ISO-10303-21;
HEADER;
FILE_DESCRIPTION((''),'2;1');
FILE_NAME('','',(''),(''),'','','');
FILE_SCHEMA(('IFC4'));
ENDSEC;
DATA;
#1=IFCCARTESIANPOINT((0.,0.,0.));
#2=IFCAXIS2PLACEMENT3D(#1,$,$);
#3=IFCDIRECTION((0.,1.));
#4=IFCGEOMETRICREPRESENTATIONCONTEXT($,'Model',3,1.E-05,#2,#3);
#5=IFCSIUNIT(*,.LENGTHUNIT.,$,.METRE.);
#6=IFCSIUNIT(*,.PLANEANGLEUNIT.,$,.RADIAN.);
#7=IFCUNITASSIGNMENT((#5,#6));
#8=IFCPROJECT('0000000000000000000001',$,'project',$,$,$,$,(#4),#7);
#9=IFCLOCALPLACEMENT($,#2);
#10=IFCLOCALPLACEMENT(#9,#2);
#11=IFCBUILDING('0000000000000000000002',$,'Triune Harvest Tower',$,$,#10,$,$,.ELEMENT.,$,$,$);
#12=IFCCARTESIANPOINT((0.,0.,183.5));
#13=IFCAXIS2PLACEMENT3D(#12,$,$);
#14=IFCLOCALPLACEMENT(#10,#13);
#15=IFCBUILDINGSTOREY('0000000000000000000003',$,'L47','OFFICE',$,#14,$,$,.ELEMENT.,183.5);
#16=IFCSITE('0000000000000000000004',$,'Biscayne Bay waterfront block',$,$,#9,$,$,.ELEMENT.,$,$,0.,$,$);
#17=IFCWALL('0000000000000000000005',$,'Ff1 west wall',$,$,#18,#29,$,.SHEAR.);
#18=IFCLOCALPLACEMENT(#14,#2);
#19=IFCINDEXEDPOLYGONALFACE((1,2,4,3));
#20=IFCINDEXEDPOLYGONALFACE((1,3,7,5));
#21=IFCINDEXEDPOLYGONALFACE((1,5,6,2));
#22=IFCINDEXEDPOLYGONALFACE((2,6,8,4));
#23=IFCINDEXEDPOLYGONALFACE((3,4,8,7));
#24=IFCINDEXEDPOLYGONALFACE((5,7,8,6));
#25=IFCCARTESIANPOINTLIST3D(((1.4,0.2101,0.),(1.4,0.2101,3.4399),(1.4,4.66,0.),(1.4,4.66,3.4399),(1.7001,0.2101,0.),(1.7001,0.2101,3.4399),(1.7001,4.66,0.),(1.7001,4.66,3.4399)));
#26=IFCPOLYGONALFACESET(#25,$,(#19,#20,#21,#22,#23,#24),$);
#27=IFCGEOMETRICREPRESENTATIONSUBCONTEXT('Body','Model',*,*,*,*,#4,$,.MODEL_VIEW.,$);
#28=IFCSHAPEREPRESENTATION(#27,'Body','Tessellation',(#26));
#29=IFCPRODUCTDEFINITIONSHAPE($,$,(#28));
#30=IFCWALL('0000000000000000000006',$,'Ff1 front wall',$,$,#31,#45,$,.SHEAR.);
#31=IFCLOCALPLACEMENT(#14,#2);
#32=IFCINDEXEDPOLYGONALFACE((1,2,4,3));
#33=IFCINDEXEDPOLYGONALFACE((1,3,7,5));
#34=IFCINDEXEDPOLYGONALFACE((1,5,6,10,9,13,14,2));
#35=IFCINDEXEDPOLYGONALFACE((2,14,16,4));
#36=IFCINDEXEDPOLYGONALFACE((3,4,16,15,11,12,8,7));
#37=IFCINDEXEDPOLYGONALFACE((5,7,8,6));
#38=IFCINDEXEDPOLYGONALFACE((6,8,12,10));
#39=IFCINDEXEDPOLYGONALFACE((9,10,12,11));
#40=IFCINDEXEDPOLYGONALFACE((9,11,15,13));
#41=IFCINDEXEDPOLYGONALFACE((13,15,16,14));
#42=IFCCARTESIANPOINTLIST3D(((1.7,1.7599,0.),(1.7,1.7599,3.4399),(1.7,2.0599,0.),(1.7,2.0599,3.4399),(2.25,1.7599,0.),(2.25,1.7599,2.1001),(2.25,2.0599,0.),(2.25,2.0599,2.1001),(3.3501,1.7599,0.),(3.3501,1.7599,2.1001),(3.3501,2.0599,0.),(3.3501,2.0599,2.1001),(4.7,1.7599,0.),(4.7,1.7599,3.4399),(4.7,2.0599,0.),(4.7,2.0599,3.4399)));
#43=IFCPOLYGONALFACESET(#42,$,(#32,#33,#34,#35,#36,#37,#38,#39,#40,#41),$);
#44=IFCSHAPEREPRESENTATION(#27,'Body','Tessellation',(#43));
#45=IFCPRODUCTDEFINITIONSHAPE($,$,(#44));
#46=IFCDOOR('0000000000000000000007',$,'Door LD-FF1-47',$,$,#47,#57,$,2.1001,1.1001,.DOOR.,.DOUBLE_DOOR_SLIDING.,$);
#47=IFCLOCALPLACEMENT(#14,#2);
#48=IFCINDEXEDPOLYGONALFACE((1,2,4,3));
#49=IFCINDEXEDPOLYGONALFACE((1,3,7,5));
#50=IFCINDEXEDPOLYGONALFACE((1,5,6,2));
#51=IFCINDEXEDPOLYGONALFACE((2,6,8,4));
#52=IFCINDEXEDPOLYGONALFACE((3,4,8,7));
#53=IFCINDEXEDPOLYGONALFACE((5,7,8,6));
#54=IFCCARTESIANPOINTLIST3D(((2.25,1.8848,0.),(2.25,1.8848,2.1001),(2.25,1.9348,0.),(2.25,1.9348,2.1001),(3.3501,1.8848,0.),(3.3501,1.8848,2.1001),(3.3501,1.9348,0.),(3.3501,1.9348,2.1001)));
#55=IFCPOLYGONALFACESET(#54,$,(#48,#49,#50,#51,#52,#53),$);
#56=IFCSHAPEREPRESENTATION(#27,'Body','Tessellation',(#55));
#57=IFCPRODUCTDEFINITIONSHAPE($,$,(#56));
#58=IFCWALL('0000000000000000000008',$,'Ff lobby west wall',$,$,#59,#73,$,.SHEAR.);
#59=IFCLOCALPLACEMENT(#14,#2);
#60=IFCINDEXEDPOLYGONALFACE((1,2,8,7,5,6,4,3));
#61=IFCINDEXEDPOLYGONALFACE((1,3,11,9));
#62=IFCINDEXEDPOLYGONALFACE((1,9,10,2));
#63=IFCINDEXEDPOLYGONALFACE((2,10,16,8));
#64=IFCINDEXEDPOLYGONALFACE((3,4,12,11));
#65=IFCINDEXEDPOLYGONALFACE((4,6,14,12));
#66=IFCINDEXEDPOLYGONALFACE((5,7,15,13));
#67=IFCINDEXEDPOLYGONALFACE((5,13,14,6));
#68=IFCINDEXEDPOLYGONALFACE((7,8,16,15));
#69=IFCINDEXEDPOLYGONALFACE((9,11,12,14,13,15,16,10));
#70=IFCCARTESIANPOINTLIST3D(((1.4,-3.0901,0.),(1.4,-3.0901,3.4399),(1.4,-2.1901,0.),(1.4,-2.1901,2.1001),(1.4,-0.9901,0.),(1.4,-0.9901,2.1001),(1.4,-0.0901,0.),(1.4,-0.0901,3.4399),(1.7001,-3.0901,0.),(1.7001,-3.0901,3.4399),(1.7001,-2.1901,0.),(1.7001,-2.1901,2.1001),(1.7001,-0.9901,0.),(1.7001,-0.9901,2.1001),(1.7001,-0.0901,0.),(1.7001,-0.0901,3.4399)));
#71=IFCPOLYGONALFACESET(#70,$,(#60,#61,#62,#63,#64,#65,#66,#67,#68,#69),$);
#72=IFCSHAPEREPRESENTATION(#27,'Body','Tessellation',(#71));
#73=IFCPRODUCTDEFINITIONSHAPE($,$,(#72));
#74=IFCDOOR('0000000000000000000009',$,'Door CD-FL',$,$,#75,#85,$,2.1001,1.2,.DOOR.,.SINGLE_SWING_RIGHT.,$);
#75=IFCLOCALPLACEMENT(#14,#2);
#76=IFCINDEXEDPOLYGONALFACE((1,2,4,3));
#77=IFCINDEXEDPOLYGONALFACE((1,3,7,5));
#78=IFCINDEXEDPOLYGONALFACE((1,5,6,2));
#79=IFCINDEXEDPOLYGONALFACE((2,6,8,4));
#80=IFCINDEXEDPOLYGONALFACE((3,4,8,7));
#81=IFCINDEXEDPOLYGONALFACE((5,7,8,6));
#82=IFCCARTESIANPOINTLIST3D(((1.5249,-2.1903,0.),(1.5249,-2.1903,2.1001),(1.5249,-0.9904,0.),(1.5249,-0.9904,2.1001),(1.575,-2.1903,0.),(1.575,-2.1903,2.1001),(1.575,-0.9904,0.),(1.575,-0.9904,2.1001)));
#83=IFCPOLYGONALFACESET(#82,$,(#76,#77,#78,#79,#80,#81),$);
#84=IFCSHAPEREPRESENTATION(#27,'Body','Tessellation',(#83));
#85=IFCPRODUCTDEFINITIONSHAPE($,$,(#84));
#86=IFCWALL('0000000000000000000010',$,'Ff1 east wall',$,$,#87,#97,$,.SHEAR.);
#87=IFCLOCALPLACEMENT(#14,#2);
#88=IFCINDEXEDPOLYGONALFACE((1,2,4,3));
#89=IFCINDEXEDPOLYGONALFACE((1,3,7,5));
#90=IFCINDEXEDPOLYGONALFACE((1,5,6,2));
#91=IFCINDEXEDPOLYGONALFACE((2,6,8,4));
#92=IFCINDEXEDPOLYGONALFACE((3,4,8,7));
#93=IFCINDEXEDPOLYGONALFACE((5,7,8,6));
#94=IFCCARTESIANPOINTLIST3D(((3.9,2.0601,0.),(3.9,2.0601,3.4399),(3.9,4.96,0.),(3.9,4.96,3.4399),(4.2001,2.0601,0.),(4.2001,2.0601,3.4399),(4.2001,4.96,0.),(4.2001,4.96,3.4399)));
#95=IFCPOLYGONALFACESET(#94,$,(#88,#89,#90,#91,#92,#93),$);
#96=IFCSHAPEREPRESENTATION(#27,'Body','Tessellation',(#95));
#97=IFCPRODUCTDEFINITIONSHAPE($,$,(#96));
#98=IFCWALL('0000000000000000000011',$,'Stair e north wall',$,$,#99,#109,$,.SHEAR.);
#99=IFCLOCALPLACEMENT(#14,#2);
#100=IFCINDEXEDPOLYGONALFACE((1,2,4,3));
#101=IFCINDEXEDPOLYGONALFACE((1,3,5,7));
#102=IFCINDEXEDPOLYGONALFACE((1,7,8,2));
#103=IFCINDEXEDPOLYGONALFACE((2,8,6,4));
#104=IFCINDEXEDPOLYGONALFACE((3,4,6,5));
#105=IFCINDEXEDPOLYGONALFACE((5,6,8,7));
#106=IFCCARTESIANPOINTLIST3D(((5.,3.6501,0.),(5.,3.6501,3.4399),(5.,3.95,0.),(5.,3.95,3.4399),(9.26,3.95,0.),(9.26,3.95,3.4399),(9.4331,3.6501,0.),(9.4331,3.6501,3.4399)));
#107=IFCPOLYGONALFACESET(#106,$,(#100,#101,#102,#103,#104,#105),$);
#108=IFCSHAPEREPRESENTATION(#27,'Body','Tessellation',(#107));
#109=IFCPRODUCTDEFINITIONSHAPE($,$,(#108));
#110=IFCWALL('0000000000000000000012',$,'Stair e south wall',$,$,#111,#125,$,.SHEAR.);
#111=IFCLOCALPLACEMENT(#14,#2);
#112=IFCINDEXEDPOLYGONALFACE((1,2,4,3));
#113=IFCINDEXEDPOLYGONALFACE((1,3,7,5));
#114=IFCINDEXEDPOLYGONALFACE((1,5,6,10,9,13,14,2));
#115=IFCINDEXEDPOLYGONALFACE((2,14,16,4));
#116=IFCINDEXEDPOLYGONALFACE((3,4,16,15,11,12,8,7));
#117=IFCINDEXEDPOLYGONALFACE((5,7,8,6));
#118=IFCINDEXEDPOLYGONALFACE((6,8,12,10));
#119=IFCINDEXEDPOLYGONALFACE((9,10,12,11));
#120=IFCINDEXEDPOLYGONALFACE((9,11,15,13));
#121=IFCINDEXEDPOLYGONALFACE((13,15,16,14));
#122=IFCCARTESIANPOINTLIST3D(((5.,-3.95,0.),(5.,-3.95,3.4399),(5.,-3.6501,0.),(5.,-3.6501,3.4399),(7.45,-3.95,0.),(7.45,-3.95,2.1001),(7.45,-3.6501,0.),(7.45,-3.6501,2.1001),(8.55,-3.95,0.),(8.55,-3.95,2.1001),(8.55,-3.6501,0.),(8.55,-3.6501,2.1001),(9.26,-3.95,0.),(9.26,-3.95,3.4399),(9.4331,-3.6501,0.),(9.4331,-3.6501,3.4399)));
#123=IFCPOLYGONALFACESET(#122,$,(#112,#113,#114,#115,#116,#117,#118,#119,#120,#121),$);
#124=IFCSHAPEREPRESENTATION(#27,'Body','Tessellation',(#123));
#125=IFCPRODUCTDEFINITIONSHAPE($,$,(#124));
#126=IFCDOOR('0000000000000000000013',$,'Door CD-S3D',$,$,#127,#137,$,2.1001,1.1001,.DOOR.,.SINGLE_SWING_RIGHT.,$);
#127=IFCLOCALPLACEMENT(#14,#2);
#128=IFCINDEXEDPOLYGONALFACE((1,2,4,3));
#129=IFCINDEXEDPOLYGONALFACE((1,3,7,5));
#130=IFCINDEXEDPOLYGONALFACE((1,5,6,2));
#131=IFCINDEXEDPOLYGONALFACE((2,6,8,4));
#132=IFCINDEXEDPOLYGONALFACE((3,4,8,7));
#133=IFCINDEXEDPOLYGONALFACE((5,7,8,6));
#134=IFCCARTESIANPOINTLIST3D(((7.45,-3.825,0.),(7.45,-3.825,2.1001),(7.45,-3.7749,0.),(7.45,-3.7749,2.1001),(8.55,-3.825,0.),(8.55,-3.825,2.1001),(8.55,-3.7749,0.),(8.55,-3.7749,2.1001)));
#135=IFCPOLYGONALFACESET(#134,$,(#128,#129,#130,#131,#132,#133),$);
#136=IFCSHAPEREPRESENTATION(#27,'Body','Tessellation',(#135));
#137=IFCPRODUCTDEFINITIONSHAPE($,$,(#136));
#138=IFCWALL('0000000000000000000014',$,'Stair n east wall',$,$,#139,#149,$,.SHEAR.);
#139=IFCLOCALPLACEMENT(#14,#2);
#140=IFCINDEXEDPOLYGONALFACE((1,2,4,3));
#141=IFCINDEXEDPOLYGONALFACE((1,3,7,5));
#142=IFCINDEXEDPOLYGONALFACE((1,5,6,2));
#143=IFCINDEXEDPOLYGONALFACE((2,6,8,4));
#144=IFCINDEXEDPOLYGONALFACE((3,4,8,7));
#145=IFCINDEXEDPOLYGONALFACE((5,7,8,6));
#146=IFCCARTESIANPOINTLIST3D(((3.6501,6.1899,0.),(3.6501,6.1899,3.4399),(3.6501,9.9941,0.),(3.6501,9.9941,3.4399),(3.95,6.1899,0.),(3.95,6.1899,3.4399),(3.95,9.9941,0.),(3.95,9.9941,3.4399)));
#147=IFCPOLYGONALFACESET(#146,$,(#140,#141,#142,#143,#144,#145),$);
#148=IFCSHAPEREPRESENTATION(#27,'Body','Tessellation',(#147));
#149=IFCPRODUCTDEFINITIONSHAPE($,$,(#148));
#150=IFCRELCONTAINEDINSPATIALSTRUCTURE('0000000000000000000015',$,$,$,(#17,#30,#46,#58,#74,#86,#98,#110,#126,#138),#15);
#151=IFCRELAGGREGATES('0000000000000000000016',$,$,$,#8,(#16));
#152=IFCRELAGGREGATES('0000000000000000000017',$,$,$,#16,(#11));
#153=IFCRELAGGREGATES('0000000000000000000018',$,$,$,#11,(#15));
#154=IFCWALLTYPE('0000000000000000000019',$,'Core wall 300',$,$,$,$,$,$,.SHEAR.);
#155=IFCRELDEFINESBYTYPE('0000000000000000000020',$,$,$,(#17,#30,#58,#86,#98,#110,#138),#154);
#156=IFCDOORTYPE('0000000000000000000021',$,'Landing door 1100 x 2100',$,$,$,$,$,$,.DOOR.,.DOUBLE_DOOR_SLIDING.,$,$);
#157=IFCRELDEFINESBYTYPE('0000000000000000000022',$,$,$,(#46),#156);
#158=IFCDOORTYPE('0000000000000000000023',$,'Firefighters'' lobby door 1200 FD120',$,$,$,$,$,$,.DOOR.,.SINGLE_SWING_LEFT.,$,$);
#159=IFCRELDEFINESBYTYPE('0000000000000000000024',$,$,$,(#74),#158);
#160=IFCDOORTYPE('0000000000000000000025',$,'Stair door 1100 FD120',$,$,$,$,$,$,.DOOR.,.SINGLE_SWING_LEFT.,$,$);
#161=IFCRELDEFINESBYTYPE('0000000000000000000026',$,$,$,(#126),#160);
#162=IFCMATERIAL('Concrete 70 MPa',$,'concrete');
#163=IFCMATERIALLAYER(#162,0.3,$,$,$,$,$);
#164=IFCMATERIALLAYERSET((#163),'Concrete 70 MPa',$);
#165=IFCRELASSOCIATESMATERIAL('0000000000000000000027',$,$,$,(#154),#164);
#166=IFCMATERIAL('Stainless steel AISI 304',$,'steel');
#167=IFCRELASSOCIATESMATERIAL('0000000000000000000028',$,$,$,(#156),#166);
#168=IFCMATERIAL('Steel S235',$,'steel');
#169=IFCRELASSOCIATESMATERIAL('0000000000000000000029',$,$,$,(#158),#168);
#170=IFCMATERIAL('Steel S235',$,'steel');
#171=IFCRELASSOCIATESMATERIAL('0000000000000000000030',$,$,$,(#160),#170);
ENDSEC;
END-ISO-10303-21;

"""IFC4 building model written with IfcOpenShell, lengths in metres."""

from ifc_helpers import new_model, si_unit, direction, frame, frame_2d, origin, place, context, subcontext, project, spatial, polyline, rectangle, outline, extrude, source, transform, mapped, material, layer, layer_set, type_object, element, fill, save


model = new_model("IFC4")

# Units and contexts
model_context = context("Model", 3, precision=1e-05, world=origin(), true_north=direction((0.0, 1.0)))
body_context = subcontext(model_context, "Body", "Model", "MODEL_VIEW")
ifc_project = project(units=[si_unit("LENGTHUNIT", "METRE"), si_unit("PLANEANGLEUNIT", "RADIAN")], contexts=[model_context])

# Site, building, storey
site_placement = place(None, origin())
site = spatial("IfcSite", under=ifc_project, at=site_placement, Name="Biscayne Bay waterfront block", CompositionType="ELEMENT", RefElevation=0.0)
building_placement = place(site_placement, origin())
building = spatial("IfcBuilding", under=site, at=building_placement, Name="Triune Harvest Tower", CompositionType="ELEMENT")
storey_placement = place(building_placement, frame((0.0, 0.0, 183.5)))
storey = spatial("IfcBuildingStorey", under=building, at=storey_placement, Name="L47", Description="OFFICE", CompositionType="ELEMENT", Elevation=183.5)

# Wall
ifc_material_1 = material(Name="Concrete 70 MPa", Category="concrete")
ifc_layer_1 = layer(ifc_material_1, 0.3)
ifc_layer_set_1 = layer_set([ifc_layer_1], Name="Concrete 70 MPa")
wall_type_1 = type_object("IfcWallType", Name="Core wall 300", PredefinedType="SHEAR", material=ifc_layer_set_1)
shared_shape_1 = source(origin(), body_context, "Body", "SweptSolid", [
    extrude(rectangle(XDim=4.45, YDim=0.3, at=frame_2d((2.2251, 0.0))), origin(), (0.0, 0.0, 1.0), 3.4399),
])
wall_1_placement = place(storey_placement, frame((1.55, 0.21, 0.0), z_axis=(0.0, 0.0, 1.0), x_axis=(0.0, 1.0, 0.0)))
element("IfcWall", 1, at=wall_1_placement, inside=storey, type_object=wall_type_1, Name="Ff1 west wall", PredefinedType="SHEAR", context=body_context, shape_type="MappedRepresentation", body=[
    mapped(shared_shape_1, transform((0.0, 0.0, 0.0), scale=1.0)),
])

# Walls, openings, doors
shared_shape_2 = source(origin(), body_context, "Body", "SweptSolid", [
    extrude(rectangle(XDim=3.0, YDim=0.3, at=frame_2d((1.5, 0.0))), origin(), (0.0, 0.0, 1.0), 3.4399),
])
wall_2_placement = place(storey_placement, frame((1.7, 1.9099, 0.0), z_axis=(0.0, 0.0, 1.0), x_axis=(1.0, 0.0, 0.0)))
wall_2 = element("IfcWall", 2, at=wall_2_placement, inside=storey, type_object=wall_type_1, Name="Ff1 front wall", PredefinedType="SHEAR", context=body_context, shape_type="MappedRepresentation", body=[
    mapped(shared_shape_2, transform((0.0, 0.0, 0.0), scale=1.0)),
])
opening_1_placement = place(wall_2_placement, frame((0.55, 0.0, 0.0)))
opening_1 = element("IfcOpeningElement", 3, at=opening_1_placement, cuts=wall_2, PredefinedType="OPENING", context=body_context, shape_type="SweptSolid", body=[
    extrude(rectangle(XDim=1.1001, YDim=2.1001, at=frame_2d((0.55, 1.05))), frame((0.0, 0.1602, 0.0), z_axis=(0.0, -1.0, 0.0), x_axis=(1.0, 0.0, 0.0)), (0.0, 0.0, 1.0), 0.3201),
])
ifc_material_2 = material(Name="Stainless steel AISI 304", Category="steel")
door_type_1 = type_object("IfcDoorType", Name="Landing door 1100 x 2100", OperationType="DOUBLE_DOOR_SLIDING", PredefinedType="DOOR", material=ifc_material_2)
door_1_placement = place(opening_1_placement, origin())
door_1 = element("IfcDoor", 4, at=door_1_placement, inside=storey, type_object=door_type_1, Name="Door LD-FF1-47", OperationType="DOUBLE_DOOR_SLIDING", OverallHeight=2.1001, OverallWidth=1.1001, PredefinedType="DOOR", context=body_context, shape_type="SweptSolid", body=[
    extrude(rectangle(XDim=1.1001, YDim=2.1001, at=frame_2d((0.55, 1.05))), frame((0.0, 0.0249, 0.0), z_axis=(0.0, -1.0, 0.0), x_axis=(1.0, 0.0, 0.0)), (0.0, 0.0, 1.0), 0.05),
])
fill(opening_1, door_1)
wall_3_placement = place(storey_placement, frame((1.55, -3.0901, 0.0), z_axis=(0.0, 0.0, 1.0), x_axis=(0.0, 1.0, 0.0)))
wall_3 = element("IfcWall", 5, at=wall_3_placement, inside=storey, type_object=wall_type_1, Name="Ff lobby west wall", PredefinedType="SHEAR", context=body_context, shape_type="MappedRepresentation", body=[
    mapped(shared_shape_2, transform((0.0, 0.0, 0.0), scale=1.0)),
])
opening_2_placement = place(wall_3_placement, frame((0.8999, 0.0, 0.0)))
opening_2 = element("IfcOpeningElement", 6, at=opening_2_placement, cuts=wall_3, PredefinedType="OPENING", context=body_context, shape_type="SweptSolid", body=[
    extrude(rectangle(XDim=1.2, YDim=2.1001, at=frame_2d((0.6001, 1.05))), frame((0.0, 0.1602, 0.0), z_axis=(0.0, -1.0, 0.0), x_axis=(1.0, 0.0, 0.0)), (0.0, 0.0, 1.0), 0.3201),
])
ifc_material_3 = material(Name="Steel S235", Category="steel")
door_type_2 = type_object("IfcDoorType", Name="Firefighters' lobby door 1200 FD120", OperationType="SINGLE_SWING_LEFT", PredefinedType="DOOR", material=ifc_material_3)
door_2_placement = place(opening_2_placement, frame((1.2, 0.0, 0.0), z_axis=(0.0, 0.0, 1.0), x_axis=(-1.0, 0.0, 0.0)))
door_2 = element("IfcDoor", 7, at=door_2_placement, inside=storey, type_object=door_type_2, Name="Door CD-FL", OperationType="SINGLE_SWING_RIGHT", OverallHeight=2.1001, OverallWidth=1.2, PredefinedType="DOOR", context=body_context, shape_type="SweptSolid", body=[
    extrude(rectangle(XDim=1.2, YDim=2.1001, at=frame_2d((0.6001, 1.05))), frame((0.0, 0.0249, 0.0), z_axis=(0.0, -1.0, 0.0), x_axis=(1.0, 0.0, 0.0)), (0.0, 0.0, 1.0), 0.05),
])
fill(opening_2, door_2)

# Walls
shared_shape_3 = source(origin(), body_context, "Body", "SweptSolid", [
    extrude(rectangle(XDim=2.8999, YDim=0.3, at=frame_2d((1.45, 0.0))), origin(), (0.0, 0.0, 1.0), 3.4399),
])
wall_4_placement = place(storey_placement, frame((4.05, 2.0601, 0.0), z_axis=(0.0, 0.0, 1.0), x_axis=(0.0, 1.0, 0.0)))
element("IfcWall", 8, at=wall_4_placement, inside=storey, type_object=wall_type_1, Name="Ff1 east wall", PredefinedType="SHEAR", context=body_context, shape_type="MappedRepresentation", body=[
    mapped(shared_shape_3, transform((0.0, 0.0, 0.0), scale=1.0)),
])
shared_shape_4 = source(origin(), body_context, "Body", "SweptSolid", [
    extrude(outline(polyline([(0.0, -0.1499), (0.0, 0.1499), (4.26, 0.1499), (4.4331, -0.1499), (0.0, -0.1499)])), origin(), (0.0, 0.0, 1.0), 3.4399),
])
wall_5_placement = place(storey_placement, frame((5.0, 3.8, 0.0), z_axis=(0.0, 0.0, 1.0), x_axis=(1.0, 0.0, 0.0)))
element("IfcWall", 9, at=wall_5_placement, inside=storey, type_object=wall_type_1, Name="Stair e north wall", PredefinedType="SHEAR", context=body_context, shape_type="MappedRepresentation", body=[
    mapped(shared_shape_4, transform((0.0, 0.0, 0.0), scale=1.0)),
])

# Wall, opening, door
shared_shape_5 = source(origin(), body_context, "Body", "SweptSolid", [
    extrude(outline(polyline([(0.0, -0.1499), (0.0, 0.1499), (4.4331, 0.1499), (4.26, -0.1499), (0.0, -0.1499)])), origin(), (0.0, 0.0, 1.0), 3.4399),
])
wall_6_placement = place(storey_placement, frame((5.0, -3.8, 0.0), z_axis=(0.0, 0.0, 1.0), x_axis=(1.0, 0.0, 0.0)))
wall_6 = element("IfcWall", 10, at=wall_6_placement, inside=storey, type_object=wall_type_1, Name="Stair e south wall", PredefinedType="SHEAR", context=body_context, shape_type="MappedRepresentation", body=[
    mapped(shared_shape_5, transform((0.0, 0.0, 0.0), scale=1.0)),
])
opening_3_placement = place(wall_6_placement, frame((2.45, 0.0, 0.0)))
opening_3 = element("IfcOpeningElement", 11, at=opening_3_placement, cuts=wall_6, PredefinedType="OPENING", context=body_context, shape_type="SweptSolid", body=[
    extrude(rectangle(XDim=1.1001, YDim=2.1001, at=frame_2d((0.55, 1.05))), frame((0.0, 0.1602, 0.0), z_axis=(0.0, -1.0, 0.0), x_axis=(1.0, 0.0, 0.0)), (0.0, 0.0, 1.0), 0.3201),
])
ifc_material_4 = material(Name="Steel S235", Category="steel")
door_type_3 = type_object("IfcDoorType", Name="Stair door 1100 FD120", OperationType="SINGLE_SWING_LEFT", PredefinedType="DOOR", material=ifc_material_4)
door_3_placement = place(opening_3_placement, frame((1.1001, 0.0, 0.0), z_axis=(0.0, 0.0, 1.0), x_axis=(-1.0, 0.0, 0.0)))
door_3 = element("IfcDoor", 12, at=door_3_placement, inside=storey, type_object=door_type_3, Name="Door CD-S3D", OperationType="SINGLE_SWING_RIGHT", OverallHeight=2.1001, OverallWidth=1.1001, PredefinedType="DOOR", context=body_context, shape_type="SweptSolid", body=[
    extrude(rectangle(XDim=1.1001, YDim=2.1001, at=frame_2d((0.55, 1.05))), frame((0.0, 0.0249, 0.0), z_axis=(0.0, -1.0, 0.0), x_axis=(1.0, 0.0, 0.0)), (0.0, 0.0, 1.0), 0.05),
])
fill(opening_3, door_3)

# Wall
shared_shape_6 = source(origin(), body_context, "Body", "SweptSolid", [
    extrude(outline(polyline([(0.0, -0.1499), (0.0, 0.1499), (3.8042, 0.1499), (3.8042, -0.1499), (0.0, -0.1499)])), origin(), (0.0, 0.0, 1.0), 3.4399),
])
wall_7_placement = place(storey_placement, frame((3.8, 6.1899, 0.0), z_axis=(0.0, 0.0, 1.0), x_axis=(0.0, 1.0, 0.0)))
element("IfcWall", 13, at=wall_7_placement, inside=storey, type_object=wall_type_1, Name="Stair n east wall", PredefinedType="SHEAR", context=body_context, shape_type="MappedRepresentation", body=[
    mapped(shared_shape_6, transform((0.0, 0.0, 0.0), scale=1.0)),
])

save(model, "model.ifc")
